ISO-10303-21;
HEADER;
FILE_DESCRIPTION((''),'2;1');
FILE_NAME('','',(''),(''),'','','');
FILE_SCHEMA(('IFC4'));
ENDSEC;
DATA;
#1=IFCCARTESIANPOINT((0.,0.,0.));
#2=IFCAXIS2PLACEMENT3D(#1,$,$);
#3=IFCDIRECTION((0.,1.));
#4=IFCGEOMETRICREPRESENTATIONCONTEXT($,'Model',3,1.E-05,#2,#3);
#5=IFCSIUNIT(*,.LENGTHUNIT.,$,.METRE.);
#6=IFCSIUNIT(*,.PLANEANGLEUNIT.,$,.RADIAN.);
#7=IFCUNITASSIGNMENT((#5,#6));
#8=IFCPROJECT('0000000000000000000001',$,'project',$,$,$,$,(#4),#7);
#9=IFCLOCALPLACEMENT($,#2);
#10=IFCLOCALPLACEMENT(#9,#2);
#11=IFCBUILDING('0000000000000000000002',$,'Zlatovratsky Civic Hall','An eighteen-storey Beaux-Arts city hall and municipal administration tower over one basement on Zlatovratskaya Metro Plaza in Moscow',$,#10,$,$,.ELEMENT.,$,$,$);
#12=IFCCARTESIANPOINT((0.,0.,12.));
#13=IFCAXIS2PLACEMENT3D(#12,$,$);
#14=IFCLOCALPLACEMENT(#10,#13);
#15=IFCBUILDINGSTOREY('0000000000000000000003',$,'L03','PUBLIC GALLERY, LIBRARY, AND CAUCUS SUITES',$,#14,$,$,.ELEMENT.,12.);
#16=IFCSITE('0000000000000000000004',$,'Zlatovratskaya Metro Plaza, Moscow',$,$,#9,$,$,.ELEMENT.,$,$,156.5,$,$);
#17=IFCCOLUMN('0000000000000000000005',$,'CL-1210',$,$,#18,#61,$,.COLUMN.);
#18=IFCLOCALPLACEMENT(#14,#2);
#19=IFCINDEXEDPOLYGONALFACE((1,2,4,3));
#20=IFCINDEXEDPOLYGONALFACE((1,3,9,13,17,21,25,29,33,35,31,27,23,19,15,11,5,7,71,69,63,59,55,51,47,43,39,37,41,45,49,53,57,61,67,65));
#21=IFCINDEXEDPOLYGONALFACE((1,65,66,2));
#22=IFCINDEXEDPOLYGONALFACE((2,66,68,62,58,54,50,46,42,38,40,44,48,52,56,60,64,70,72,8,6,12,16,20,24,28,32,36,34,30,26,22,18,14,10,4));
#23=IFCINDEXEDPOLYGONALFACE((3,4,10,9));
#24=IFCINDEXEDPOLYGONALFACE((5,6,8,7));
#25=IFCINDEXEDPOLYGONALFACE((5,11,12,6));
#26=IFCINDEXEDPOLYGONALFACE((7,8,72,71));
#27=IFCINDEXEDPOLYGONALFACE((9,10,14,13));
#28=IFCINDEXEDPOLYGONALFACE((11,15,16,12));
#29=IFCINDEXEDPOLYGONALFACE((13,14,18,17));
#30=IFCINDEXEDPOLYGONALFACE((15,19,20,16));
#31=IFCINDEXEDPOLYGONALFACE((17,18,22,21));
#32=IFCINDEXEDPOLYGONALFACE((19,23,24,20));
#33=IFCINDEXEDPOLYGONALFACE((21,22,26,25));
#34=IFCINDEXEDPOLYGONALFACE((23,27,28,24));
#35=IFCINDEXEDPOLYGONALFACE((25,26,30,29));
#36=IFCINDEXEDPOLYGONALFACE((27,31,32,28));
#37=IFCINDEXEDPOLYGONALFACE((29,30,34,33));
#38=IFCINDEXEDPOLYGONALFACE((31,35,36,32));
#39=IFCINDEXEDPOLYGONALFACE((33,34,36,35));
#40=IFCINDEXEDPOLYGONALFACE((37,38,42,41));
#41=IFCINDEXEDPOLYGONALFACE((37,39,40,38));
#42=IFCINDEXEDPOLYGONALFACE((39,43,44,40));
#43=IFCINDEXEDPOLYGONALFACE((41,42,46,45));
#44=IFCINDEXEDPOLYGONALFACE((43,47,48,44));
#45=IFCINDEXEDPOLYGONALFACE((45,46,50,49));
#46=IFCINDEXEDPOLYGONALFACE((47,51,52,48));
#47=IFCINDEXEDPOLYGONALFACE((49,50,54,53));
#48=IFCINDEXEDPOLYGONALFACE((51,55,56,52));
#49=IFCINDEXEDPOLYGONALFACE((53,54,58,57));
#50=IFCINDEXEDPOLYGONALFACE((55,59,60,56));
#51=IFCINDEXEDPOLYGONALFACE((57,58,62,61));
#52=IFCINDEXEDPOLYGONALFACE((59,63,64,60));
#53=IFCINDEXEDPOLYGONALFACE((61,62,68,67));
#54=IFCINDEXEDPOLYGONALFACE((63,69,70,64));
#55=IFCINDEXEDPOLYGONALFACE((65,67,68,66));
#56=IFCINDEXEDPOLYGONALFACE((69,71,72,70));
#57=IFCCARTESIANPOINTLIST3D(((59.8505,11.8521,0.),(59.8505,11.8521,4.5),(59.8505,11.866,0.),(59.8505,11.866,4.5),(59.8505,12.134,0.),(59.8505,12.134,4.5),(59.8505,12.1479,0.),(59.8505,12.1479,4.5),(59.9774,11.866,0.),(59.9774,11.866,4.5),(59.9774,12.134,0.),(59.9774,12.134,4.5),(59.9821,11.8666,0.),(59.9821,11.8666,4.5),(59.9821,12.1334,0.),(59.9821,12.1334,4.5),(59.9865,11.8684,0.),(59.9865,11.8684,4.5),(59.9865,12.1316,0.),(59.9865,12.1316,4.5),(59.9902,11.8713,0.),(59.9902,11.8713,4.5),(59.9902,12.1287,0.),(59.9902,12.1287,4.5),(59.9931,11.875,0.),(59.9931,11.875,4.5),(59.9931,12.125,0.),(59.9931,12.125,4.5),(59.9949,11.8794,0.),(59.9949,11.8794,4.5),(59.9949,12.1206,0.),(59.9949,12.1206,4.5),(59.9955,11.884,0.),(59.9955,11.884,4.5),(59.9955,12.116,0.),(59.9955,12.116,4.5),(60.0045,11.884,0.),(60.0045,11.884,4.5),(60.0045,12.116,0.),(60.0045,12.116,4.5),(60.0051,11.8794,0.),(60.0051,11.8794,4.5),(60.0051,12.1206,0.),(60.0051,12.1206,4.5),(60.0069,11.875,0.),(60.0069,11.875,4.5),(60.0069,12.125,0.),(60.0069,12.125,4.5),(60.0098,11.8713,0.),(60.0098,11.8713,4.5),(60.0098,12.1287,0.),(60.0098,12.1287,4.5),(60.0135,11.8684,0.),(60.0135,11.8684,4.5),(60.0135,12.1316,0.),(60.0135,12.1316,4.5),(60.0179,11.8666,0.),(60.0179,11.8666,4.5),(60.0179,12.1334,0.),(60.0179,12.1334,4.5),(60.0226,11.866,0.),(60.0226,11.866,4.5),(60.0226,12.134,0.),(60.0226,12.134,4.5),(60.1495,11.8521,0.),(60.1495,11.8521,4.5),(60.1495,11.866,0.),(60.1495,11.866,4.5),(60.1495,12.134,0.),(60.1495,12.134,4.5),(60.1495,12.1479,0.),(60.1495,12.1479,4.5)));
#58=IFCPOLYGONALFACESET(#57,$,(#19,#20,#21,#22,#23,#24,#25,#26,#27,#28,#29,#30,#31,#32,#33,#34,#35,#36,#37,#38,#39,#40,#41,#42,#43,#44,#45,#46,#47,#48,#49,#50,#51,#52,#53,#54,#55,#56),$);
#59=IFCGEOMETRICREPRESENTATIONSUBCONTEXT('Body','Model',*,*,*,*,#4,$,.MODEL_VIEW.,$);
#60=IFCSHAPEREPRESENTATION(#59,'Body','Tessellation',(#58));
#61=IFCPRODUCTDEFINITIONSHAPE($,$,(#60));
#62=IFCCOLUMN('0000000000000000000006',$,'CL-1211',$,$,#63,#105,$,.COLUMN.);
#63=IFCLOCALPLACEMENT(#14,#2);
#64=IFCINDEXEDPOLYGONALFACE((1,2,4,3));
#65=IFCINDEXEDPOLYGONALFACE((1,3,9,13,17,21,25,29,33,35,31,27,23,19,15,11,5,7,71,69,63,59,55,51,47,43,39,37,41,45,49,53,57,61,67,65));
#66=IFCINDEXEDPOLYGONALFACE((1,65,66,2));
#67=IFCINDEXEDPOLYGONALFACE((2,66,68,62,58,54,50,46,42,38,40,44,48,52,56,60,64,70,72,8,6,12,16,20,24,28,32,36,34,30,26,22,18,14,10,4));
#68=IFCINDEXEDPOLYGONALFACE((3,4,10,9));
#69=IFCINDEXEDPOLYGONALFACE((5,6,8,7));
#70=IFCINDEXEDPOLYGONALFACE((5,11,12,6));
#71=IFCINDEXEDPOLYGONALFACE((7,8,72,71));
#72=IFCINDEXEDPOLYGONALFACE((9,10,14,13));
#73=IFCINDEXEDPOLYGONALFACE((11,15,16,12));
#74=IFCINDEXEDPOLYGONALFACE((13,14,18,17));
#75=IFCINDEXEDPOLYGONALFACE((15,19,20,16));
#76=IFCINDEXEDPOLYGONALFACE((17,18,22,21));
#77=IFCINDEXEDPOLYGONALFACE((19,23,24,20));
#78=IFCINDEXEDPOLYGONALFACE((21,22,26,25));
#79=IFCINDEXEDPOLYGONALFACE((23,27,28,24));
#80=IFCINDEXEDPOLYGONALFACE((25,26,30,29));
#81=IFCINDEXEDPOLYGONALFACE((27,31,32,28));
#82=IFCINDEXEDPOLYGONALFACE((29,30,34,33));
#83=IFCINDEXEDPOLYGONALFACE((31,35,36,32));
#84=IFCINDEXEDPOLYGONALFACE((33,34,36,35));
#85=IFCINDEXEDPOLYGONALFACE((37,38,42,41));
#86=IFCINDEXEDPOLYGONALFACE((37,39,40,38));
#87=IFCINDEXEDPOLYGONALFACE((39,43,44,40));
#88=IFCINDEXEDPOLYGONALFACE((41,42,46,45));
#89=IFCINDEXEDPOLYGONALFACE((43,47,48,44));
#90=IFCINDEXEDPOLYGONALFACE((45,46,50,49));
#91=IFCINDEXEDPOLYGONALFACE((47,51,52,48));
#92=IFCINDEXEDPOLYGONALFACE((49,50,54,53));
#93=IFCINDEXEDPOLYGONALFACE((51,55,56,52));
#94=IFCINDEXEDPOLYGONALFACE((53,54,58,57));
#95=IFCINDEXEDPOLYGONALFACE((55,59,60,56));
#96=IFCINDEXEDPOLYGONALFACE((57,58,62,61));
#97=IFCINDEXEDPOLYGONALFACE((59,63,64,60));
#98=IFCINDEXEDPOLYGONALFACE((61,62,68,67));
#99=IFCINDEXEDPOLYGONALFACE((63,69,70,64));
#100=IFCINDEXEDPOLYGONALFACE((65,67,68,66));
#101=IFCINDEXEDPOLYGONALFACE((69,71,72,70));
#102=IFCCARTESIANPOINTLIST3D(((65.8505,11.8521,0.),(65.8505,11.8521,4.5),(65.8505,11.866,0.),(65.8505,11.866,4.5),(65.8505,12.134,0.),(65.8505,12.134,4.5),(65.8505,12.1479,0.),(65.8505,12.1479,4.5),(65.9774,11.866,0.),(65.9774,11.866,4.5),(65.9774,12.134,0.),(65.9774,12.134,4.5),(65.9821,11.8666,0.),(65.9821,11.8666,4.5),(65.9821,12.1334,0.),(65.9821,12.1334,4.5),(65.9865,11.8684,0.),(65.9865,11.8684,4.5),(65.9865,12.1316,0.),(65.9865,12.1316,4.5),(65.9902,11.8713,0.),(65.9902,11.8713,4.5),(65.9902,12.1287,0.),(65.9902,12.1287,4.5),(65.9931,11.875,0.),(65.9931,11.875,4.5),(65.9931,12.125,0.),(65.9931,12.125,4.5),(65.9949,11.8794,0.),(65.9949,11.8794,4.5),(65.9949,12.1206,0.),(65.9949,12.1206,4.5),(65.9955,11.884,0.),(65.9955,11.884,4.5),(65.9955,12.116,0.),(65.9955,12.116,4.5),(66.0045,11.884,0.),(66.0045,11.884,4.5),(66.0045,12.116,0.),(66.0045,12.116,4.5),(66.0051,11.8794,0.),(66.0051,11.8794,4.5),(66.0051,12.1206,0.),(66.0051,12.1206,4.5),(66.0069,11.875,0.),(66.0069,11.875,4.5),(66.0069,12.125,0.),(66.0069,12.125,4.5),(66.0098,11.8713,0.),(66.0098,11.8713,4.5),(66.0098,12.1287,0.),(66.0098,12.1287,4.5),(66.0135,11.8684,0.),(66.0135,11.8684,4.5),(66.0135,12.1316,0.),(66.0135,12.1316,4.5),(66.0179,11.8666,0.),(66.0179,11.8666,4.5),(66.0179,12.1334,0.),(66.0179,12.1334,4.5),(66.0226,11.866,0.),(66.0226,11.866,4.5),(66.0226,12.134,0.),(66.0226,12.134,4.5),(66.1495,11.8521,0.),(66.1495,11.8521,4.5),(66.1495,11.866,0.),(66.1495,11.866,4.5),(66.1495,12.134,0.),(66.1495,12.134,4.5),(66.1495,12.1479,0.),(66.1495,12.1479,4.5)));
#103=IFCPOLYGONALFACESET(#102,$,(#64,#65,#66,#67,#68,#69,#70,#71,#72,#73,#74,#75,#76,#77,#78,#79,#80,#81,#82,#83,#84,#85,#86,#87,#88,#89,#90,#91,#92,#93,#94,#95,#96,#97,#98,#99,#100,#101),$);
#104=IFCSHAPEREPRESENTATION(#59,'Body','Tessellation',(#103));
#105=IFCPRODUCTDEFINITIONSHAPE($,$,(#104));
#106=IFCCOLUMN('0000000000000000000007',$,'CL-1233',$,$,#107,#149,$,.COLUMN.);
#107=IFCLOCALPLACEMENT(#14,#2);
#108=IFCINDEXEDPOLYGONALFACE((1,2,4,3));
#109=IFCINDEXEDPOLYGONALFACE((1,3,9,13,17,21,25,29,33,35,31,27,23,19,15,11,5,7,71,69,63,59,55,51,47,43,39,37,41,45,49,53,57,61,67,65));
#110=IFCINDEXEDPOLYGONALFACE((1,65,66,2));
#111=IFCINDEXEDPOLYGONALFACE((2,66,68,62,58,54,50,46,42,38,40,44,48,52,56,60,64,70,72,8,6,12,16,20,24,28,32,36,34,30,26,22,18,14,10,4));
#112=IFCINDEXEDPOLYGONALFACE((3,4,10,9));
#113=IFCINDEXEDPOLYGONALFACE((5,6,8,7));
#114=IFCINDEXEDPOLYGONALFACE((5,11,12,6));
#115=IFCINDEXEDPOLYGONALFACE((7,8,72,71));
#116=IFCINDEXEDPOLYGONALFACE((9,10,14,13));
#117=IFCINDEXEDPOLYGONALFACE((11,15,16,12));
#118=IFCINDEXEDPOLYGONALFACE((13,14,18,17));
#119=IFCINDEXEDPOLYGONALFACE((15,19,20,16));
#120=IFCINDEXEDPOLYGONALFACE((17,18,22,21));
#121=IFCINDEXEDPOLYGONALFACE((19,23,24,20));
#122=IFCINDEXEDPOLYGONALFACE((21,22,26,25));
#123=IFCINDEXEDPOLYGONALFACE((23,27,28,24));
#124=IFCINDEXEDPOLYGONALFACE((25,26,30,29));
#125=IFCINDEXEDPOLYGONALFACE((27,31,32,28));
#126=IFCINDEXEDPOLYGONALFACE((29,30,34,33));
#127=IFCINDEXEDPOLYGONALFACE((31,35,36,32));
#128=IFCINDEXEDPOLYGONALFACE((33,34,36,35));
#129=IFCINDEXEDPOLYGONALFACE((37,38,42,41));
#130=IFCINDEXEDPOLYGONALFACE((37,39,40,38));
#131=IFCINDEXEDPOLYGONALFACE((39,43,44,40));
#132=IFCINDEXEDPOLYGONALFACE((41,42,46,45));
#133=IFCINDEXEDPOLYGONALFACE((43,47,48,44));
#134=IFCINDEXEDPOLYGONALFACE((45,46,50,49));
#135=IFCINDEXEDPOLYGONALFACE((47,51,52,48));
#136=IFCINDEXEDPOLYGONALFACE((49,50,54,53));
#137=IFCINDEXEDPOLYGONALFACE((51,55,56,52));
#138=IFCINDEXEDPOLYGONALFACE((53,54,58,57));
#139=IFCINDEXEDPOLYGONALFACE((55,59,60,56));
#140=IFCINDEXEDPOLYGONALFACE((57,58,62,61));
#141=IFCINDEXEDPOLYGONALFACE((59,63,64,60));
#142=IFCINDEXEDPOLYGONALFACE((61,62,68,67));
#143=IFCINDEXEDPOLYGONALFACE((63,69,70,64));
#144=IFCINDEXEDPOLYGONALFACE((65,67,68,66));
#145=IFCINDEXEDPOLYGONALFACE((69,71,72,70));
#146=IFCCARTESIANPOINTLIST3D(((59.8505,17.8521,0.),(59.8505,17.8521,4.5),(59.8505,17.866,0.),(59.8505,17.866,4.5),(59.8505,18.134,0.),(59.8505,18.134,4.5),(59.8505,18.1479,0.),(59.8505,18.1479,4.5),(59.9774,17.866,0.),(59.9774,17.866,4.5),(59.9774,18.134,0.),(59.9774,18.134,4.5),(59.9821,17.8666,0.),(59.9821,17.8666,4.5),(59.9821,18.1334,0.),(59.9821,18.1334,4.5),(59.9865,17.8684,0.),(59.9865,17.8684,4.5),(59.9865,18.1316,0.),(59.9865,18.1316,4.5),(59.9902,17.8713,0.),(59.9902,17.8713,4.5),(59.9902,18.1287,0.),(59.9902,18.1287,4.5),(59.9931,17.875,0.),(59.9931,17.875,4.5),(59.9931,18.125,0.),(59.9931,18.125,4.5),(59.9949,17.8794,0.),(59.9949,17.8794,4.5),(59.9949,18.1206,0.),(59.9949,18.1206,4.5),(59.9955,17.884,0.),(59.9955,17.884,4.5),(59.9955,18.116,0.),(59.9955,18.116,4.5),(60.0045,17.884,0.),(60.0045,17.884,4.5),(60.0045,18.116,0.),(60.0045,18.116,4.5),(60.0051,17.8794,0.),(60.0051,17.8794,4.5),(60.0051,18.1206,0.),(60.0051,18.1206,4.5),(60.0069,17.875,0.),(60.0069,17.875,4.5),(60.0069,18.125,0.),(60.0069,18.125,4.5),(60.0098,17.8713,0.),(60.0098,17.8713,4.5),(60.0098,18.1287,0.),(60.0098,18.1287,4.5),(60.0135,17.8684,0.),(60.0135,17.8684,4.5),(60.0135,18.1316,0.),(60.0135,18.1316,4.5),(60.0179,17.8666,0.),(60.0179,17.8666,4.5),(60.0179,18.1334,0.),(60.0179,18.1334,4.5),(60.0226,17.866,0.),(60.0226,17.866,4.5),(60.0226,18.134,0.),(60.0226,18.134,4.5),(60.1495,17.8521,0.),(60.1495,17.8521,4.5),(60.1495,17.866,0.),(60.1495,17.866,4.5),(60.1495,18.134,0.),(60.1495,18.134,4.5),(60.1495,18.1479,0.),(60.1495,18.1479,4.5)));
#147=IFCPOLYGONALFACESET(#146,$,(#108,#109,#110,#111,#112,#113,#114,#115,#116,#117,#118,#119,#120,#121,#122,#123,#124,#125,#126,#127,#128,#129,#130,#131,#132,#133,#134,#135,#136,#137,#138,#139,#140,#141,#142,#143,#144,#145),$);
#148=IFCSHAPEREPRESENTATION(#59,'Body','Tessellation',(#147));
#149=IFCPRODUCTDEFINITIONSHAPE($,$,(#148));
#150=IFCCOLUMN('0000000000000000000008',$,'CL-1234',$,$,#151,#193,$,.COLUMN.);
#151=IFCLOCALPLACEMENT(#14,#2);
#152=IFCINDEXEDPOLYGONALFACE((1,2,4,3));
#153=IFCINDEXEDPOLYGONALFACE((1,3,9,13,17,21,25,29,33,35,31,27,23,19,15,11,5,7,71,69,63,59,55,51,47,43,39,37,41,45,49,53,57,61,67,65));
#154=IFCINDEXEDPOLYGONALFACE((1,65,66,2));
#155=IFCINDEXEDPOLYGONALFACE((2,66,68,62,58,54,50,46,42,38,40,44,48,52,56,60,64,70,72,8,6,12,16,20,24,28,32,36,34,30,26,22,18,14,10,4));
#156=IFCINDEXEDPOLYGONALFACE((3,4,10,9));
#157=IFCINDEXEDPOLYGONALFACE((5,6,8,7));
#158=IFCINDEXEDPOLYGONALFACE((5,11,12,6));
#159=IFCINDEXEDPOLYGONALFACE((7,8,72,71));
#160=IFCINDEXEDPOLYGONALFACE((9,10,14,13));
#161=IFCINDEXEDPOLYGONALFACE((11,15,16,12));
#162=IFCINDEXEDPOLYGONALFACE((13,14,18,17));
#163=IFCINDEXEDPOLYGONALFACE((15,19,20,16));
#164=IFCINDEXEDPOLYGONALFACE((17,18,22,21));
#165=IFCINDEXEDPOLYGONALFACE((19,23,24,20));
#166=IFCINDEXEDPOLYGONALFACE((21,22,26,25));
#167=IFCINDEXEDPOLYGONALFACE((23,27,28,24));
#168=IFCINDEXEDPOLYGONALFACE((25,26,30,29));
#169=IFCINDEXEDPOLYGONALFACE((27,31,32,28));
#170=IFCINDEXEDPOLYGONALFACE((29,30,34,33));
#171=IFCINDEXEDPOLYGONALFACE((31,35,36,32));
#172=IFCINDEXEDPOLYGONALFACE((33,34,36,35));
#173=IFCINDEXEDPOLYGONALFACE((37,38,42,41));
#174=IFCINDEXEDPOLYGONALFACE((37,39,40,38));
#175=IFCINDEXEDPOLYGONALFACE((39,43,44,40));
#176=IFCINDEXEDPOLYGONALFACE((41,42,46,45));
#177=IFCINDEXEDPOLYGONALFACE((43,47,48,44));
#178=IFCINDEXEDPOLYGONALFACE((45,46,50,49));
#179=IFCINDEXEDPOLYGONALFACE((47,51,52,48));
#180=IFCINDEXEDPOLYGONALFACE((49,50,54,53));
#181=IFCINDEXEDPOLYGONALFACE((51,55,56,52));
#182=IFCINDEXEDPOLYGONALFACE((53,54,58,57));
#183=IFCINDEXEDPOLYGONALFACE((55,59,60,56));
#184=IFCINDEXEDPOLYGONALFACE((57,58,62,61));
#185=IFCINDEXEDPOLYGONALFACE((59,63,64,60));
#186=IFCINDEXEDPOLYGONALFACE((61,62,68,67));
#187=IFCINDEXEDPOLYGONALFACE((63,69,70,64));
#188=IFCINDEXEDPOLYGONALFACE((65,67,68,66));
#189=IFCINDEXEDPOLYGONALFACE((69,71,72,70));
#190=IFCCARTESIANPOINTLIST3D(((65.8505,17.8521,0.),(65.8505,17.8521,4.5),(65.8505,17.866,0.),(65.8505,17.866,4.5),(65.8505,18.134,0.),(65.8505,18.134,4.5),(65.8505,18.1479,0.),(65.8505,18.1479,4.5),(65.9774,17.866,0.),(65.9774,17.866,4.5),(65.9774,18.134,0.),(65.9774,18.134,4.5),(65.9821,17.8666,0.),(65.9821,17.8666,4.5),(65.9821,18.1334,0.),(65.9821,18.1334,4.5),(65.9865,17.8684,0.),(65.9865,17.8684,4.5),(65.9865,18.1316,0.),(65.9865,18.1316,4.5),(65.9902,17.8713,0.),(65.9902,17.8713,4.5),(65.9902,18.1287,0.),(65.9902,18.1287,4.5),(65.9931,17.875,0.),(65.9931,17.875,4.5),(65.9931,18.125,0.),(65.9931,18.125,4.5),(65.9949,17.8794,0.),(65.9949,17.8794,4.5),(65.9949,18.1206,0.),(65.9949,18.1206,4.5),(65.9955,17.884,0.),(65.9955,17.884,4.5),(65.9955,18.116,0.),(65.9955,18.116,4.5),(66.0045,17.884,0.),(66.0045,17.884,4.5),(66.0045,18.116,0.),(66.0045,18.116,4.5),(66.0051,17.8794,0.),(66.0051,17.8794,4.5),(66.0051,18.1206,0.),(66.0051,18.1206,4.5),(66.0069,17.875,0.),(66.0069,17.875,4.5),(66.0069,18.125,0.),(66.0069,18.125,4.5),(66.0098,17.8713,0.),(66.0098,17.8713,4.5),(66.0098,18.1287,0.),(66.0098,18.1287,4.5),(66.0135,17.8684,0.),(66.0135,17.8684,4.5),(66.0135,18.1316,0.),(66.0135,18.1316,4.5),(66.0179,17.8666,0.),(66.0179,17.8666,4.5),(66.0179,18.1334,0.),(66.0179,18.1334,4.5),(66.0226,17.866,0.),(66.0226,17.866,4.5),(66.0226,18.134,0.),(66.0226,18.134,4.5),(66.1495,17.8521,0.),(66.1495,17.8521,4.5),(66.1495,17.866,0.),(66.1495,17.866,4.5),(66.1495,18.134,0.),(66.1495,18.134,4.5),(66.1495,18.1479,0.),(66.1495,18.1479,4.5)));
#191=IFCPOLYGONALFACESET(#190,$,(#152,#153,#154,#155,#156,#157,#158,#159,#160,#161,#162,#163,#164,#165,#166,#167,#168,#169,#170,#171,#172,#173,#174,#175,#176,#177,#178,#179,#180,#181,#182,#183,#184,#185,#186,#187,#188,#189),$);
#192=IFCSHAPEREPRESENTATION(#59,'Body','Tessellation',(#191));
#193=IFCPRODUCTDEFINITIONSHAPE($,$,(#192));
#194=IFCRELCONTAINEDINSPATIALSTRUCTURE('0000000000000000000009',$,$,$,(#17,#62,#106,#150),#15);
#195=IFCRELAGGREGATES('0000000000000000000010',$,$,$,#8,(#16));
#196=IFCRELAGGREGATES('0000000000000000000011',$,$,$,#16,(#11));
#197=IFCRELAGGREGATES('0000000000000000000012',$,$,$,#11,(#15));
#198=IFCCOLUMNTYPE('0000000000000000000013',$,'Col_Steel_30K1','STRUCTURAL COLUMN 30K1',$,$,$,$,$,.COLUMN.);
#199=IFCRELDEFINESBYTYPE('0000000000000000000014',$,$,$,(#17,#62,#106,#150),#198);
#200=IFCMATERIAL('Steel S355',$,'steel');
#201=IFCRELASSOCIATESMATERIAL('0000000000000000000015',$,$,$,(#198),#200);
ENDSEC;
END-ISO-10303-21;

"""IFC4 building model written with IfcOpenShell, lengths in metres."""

from ifc_helpers import new_model, si_unit, direction, frame, origin, origin_2d, place, context, subcontext, project, spatial, i_section, extrude, material, material_profile, profile_set, type_object, element, save


model = new_model("IFC4")

# Units and contexts
model_context = context("Model", 3, precision=1e-05, world=origin(), true_north=direction((0.0, 1.0)))
body_context = subcontext(model_context, "Body", "Model", "MODEL_VIEW")
ifc_project = project(units=[si_unit("LENGTHUNIT", "METRE"), si_unit("PLANEANGLEUNIT", "RADIAN")], contexts=[model_context])

# Site, building, storey
site_placement = place(None, origin())
site = spatial("IfcSite", under=ifc_project, at=site_placement, Name="Zlatovratskaya Metro Plaza, Moscow", CompositionType="ELEMENT", RefElevation=156.5)
building_placement = place(site_placement, origin())
building = spatial("IfcBuilding", under=site, at=building_placement, Name="Zlatovratsky Civic Hall", Description="An eighteen-storey Beaux-Arts city hall and municipal administration tower over one basement on Zlatovratskaya Metro Plaza in Moscow", CompositionType="ELEMENT")
storey_placement = place(building_placement, frame((0.0, 0.0, 12.0)))
storey = spatial("IfcBuildingStorey", under=building, at=storey_placement, Name="L03", Description="PUBLIC GALLERY, LIBRARY, AND CAUCUS SUITES", CompositionType="ELEMENT", Elevation=12.0)

# Columns
ifc_material_1 = material(Name="Steel S355", Category="steel")
ifc_material_profile_1 = material_profile(ifc_material_1, i_section(OverallWidth=0.2991, OverallDepth=0.2959, WebThickness=0.009, FlangeThickness=0.0139, FilletRadius=0.0181, at=origin_2d()), Name="30K1")
ifc_profile_set_1 = profile_set([ifc_material_profile_1], Name="Steel S355")
column_type = type_object("IfcColumnType", Name="Col_Steel_30K1", Description="STRUCTURAL COLUMN 30K1", PredefinedType="COLUMN", material=ifc_profile_set_1)
for number, where, z_axis, x_axis, name in (
    (1, (60.0, 12.0, 0.0), (0.0, 0.0, 1.0), (1.0, 0.0, 0.0), "CL-1210"),
    (2, (66.0, 12.0, 0.0), (0.0, 0.0, 1.0), (1.0, 0.0, 0.0), "CL-1211"),
    (3, (60.0, 18.0, 0.0), (0.0, 0.0, 1.0), (1.0, 0.0, 0.0), "CL-1233"),
    (4, (66.0, 18.0, 0.0), (0.0, 0.0, 1.0), (1.0, 0.0, 0.0), "CL-1234"),
):
    element("IfcColumn", number, at=place(storey_placement, frame(where, z_axis=z_axis, x_axis=x_axis)), inside=storey, type_object=column_type, Name=name, PredefinedType="COLUMN", context=body_context, shape_type="SweptSolid", body=[
        extrude(i_section(OverallWidth=0.2991, OverallDepth=0.2959, WebThickness=0.009, FlangeThickness=0.0139, FilletRadius=0.0181, at=origin_2d()), origin(), (0.0, 0.0, 1.0), 4.5),
    ])

save(model, "model.ifc")
